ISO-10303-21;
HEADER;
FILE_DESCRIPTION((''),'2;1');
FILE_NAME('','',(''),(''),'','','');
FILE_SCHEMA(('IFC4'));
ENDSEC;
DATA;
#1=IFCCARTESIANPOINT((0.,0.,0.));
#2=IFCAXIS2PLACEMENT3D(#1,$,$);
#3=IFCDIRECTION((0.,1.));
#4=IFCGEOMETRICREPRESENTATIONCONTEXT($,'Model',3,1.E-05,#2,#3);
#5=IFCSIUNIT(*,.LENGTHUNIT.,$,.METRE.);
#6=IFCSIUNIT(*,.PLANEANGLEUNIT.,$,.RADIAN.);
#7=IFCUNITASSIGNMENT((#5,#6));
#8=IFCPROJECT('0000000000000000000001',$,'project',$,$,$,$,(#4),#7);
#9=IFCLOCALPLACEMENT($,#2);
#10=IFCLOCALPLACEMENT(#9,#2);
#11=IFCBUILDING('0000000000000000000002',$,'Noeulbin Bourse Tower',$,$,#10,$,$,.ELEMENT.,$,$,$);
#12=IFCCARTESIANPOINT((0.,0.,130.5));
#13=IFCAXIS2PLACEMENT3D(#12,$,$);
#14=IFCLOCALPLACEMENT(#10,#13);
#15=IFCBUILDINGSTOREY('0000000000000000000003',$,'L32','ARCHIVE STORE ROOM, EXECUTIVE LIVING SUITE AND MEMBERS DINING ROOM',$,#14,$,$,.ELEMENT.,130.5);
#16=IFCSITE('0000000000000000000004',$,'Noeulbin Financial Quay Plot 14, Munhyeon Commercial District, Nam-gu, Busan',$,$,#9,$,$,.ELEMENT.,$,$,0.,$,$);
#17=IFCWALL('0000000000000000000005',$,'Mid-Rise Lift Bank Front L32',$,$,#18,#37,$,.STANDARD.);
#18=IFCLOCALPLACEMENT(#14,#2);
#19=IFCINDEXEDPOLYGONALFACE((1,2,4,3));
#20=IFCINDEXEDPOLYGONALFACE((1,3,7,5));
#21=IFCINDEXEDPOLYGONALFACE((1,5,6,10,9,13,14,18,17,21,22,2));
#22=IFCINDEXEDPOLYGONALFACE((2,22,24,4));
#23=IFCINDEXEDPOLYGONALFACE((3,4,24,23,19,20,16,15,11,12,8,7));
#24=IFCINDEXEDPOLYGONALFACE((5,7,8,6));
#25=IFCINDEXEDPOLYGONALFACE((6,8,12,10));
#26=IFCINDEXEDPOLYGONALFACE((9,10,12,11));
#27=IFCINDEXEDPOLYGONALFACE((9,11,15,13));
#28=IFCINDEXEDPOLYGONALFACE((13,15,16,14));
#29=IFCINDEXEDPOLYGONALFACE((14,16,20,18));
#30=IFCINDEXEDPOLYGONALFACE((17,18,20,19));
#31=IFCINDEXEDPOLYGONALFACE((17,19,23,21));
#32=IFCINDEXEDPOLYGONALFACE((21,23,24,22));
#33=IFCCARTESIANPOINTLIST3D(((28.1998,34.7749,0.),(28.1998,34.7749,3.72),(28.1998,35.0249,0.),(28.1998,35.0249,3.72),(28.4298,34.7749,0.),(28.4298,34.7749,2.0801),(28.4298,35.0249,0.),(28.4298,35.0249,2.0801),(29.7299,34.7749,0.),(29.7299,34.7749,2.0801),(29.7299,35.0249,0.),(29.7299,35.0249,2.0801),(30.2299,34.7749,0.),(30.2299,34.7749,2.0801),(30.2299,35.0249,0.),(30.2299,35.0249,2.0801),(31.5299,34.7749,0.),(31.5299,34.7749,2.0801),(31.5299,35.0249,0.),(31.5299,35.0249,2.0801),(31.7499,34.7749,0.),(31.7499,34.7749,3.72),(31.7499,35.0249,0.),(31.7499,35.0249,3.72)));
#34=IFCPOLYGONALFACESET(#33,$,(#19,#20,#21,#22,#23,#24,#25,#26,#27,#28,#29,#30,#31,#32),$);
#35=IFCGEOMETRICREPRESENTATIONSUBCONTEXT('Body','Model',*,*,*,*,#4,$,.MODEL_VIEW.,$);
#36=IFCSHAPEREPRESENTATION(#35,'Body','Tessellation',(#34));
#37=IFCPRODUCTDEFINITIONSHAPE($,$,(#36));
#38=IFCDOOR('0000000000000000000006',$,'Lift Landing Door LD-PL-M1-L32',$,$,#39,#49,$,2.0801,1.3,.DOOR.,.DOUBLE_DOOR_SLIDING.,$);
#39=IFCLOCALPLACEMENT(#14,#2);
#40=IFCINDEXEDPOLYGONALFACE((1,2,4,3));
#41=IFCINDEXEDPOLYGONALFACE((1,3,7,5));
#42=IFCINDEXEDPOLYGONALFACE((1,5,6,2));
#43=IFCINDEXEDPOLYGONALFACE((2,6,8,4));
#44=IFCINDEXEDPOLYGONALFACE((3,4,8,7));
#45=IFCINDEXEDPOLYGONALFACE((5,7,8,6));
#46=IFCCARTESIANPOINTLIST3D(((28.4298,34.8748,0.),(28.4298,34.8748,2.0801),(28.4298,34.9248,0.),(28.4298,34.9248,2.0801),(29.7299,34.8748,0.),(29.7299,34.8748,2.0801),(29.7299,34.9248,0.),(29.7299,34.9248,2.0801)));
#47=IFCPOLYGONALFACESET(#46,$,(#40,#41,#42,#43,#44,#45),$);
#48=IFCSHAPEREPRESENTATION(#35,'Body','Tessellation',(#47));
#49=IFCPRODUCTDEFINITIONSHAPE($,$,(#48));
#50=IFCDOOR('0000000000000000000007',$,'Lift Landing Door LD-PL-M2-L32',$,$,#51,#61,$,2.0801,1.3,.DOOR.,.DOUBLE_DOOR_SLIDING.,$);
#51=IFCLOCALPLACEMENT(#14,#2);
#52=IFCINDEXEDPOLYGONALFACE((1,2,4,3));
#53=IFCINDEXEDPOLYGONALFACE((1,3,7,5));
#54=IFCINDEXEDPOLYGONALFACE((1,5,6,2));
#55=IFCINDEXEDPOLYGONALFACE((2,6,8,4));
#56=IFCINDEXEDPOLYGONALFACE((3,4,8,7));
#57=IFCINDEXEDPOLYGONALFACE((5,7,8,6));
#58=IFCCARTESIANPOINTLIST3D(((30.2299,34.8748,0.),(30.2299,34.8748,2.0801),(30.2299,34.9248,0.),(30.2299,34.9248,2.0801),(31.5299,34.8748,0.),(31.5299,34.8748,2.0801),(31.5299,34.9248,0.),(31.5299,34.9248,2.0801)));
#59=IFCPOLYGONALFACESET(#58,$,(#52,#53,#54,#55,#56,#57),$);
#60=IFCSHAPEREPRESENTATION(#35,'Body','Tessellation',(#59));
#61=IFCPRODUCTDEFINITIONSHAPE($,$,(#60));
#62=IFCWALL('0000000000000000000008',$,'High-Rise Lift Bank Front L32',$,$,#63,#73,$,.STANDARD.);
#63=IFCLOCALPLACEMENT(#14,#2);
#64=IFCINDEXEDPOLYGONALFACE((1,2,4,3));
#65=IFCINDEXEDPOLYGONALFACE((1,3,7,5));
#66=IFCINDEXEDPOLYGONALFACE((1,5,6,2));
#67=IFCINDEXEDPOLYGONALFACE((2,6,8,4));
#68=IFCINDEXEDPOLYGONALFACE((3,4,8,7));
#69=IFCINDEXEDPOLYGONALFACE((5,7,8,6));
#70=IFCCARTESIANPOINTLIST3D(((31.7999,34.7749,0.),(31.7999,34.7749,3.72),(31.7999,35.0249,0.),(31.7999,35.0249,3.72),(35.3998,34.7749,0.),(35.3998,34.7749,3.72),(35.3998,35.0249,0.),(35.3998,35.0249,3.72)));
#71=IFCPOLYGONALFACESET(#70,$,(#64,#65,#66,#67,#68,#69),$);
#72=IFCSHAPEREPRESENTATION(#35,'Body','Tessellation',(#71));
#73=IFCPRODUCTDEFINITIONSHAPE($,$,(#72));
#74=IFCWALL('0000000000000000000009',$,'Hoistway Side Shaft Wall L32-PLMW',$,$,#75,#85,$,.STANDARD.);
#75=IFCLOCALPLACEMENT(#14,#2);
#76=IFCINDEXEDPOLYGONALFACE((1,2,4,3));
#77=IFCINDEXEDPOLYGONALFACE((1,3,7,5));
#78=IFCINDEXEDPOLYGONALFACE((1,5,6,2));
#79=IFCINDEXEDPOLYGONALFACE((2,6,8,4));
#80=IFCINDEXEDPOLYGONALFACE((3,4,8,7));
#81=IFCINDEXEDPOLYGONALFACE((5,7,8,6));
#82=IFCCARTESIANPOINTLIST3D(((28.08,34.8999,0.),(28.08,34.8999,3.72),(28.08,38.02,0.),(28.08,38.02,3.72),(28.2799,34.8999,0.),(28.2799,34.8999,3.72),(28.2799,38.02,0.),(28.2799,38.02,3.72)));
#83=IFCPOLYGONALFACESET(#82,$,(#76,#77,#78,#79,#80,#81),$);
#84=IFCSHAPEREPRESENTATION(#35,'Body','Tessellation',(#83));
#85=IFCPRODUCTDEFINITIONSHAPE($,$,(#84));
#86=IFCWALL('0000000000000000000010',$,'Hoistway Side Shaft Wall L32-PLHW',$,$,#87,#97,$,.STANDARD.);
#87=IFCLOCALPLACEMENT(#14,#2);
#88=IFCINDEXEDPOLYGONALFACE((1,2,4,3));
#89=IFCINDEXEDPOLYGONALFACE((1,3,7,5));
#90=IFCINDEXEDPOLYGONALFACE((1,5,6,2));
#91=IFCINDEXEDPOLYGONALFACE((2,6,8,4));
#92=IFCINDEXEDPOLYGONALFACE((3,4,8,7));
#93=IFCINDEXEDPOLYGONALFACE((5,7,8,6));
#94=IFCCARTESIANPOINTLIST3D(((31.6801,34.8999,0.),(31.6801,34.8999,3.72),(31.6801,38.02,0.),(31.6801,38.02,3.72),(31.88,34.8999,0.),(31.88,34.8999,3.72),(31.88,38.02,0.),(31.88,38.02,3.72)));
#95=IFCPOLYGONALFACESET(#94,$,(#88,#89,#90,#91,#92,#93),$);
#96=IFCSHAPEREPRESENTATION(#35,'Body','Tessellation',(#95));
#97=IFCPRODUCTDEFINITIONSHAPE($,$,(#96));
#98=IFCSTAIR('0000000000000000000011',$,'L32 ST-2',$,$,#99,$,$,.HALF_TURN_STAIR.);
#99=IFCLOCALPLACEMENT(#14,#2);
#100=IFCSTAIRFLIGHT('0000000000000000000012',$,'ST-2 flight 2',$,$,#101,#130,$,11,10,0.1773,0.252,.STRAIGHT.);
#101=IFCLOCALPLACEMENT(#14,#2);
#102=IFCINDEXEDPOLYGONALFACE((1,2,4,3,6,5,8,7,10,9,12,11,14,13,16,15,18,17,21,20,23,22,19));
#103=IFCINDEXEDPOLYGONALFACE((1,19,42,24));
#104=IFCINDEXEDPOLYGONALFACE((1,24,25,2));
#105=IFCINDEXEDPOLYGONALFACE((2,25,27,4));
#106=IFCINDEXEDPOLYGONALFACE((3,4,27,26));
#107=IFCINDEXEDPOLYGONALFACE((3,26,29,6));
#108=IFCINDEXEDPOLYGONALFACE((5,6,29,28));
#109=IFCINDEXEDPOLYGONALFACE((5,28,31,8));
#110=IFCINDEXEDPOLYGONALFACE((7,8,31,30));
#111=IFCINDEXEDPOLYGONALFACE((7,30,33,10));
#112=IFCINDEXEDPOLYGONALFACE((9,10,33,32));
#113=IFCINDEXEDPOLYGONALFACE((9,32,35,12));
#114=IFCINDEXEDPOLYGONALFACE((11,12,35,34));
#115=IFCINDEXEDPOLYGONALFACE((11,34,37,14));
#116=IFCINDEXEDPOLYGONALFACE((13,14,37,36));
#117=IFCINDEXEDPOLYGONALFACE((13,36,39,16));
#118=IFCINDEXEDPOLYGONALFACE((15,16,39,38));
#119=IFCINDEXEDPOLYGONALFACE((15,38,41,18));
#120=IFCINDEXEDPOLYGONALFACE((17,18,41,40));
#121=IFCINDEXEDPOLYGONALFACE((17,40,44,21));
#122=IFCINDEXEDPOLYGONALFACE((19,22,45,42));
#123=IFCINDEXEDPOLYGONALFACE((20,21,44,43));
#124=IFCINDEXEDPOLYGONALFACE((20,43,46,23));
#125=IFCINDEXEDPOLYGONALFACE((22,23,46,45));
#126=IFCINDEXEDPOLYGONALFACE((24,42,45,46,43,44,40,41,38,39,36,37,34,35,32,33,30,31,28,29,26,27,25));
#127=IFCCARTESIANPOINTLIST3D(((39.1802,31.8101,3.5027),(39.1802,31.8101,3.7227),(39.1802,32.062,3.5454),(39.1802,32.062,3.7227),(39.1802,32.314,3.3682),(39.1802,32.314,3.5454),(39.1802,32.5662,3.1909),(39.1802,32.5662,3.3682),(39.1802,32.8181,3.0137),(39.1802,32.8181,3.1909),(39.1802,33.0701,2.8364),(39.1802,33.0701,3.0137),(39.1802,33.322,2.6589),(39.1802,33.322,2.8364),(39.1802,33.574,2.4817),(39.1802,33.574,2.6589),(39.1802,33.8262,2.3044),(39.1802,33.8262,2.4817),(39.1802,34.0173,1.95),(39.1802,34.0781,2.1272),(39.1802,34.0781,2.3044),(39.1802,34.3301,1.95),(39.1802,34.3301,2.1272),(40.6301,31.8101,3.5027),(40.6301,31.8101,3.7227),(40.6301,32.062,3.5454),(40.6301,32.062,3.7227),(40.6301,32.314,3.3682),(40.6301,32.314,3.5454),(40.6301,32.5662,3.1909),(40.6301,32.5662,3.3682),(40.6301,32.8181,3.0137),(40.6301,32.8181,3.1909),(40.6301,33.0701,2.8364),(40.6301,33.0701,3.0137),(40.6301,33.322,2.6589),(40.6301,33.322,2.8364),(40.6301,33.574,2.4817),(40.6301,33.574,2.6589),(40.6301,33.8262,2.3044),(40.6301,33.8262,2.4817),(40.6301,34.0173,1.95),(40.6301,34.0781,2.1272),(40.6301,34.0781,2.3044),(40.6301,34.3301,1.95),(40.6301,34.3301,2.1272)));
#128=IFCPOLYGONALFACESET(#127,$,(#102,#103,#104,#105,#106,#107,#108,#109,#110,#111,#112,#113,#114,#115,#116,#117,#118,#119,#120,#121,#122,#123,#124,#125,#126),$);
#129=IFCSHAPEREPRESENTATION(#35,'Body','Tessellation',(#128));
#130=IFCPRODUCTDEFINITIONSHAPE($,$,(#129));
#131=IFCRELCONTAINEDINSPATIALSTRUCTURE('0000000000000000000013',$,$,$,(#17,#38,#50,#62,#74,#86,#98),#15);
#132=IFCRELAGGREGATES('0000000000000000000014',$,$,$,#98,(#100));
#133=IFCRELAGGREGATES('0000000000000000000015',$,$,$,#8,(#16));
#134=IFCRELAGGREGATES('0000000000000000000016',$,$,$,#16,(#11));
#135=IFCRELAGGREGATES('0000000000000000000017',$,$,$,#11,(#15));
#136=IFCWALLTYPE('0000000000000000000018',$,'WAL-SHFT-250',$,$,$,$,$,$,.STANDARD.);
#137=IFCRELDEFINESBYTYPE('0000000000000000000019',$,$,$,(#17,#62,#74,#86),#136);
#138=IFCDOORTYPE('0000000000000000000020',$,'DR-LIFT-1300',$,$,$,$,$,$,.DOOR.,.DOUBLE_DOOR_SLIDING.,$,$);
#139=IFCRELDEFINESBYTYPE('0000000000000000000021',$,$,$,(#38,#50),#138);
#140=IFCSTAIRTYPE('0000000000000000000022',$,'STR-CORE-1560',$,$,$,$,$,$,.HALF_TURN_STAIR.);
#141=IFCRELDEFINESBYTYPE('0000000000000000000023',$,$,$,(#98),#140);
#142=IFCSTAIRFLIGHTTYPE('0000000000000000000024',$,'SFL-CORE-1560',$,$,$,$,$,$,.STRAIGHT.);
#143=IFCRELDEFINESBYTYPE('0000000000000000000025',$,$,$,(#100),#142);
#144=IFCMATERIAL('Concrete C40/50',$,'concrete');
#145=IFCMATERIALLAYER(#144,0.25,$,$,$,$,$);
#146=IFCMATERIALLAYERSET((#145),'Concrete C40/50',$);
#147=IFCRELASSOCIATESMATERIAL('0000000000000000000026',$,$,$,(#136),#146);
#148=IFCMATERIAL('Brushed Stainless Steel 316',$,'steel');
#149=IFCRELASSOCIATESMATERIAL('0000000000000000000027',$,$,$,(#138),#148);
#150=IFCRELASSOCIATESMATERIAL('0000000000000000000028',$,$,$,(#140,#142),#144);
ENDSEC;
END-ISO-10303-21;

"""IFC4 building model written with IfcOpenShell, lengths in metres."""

from ifc_helpers import new_model, si_unit, direction, frame, frame_2d, origin, place, context, subcontext, project, spatial, polyline, rectangle, outline, extrude, material, layer, layer_set, type_object, element, fill, aggregate, save


model = new_model("IFC4")

# Units and contexts
model_context = context("Model", 3, precision=1e-05, world=origin(), true_north=direction((0.0, 1.0)))
body_context = subcontext(model_context, "Body", "Model", "MODEL_VIEW")
ifc_project = project(units=[si_unit("LENGTHUNIT", "METRE"), si_unit("PLANEANGLEUNIT", "RADIAN")], contexts=[model_context])

# Site, building, storey
site_placement = place(None, origin())
site = spatial("IfcSite", under=ifc_project, at=site_placement, Name="Noeulbin Financial Quay Plot 14, Munhyeon Commercial District, Nam-gu, Busan", CompositionType="ELEMENT", RefElevation=0.0)
building_placement = place(site_placement, origin())
building = spatial("IfcBuilding", under=site, at=building_placement, Name="Noeulbin Bourse Tower", CompositionType="ELEMENT")
storey_placement = place(building_placement, frame((0.0, 0.0, 130.5)))
storey = spatial("IfcBuildingStorey", under=building, at=storey_placement, Name="L32", Description="ARCHIVE STORE ROOM, EXECUTIVE LIVING SUITE AND MEMBERS DINING ROOM", CompositionType="ELEMENT", Elevation=130.5)

# Shared definitions
ifc_material_1 = material(Name="Concrete C40/50", Category="concrete")
ifc_layer_1 = layer(ifc_material_1, 0.25)
ifc_layer_set_1 = layer_set([ifc_layer_1], Name="Concrete C40/50")
wall_type = type_object("IfcWallType", Name="WAL-SHFT-250", PredefinedType="STANDARD", material=ifc_layer_set_1)

# Wall, openings, doors
wall_1_placement = place(storey_placement, frame((28.2, 34.8999, 0.0), z_axis=(0.0, 0.0, 1.0), x_axis=(1.0, 0.0, 0.0)))
wall_1 = element("IfcWall", 1, at=wall_1_placement, inside=storey, type_object=wall_type, Name="Mid-Rise Lift Bank Front L32", PredefinedType="STANDARD", context=body_context, shape_type="SweptSolid", body=[
    extrude(rectangle(XDim=3.55, YDim=0.25, at=frame_2d((1.7749, 0.0))), origin(), (0.0, 0.0, 1.0), 3.72),
])
opening_1_placement = place(wall_1_placement, frame((0.23, 0.0, 0.0)))
opening_1 = element("IfcOpeningElement", 2, at=opening_1_placement, cuts=wall_1, PredefinedType="OPENING", context=body_context, shape_type="SweptSolid", body=[
    extrude(rectangle(XDim=1.3, YDim=2.0801, at=frame_2d((0.6499, 1.04))), frame((0.0, 0.135, 0.0), z_axis=(0.0, -1.0, 0.0), x_axis=(1.0, 0.0, 0.0)), (0.0, 0.0, 1.0), 0.27),
])
opening_2_placement = place(wall_1_placement, frame((2.03, 0.0, 0.0)))
opening_2 = element("IfcOpeningElement", 3, at=opening_2_placement, cuts=wall_1, PredefinedType="OPENING", context=body_context, shape_type="SweptSolid", body=[
    extrude(rectangle(XDim=1.3, YDim=2.0801, at=frame_2d((0.6499, 1.04))), frame((0.0, 0.135, 0.0), z_axis=(0.0, -1.0, 0.0), x_axis=(1.0, 0.0, 0.0)), (0.0, 0.0, 1.0), 0.27),
])
ifc_material_2 = material(Name="Brushed Stainless Steel 316", Category="steel")
door_type = type_object("IfcDoorType", Name="DR-LIFT-1300", OperationType="DOUBLE_DOOR_SLIDING", PredefinedType="DOOR", material=ifc_material_2)
door_1_placement = place(opening_1_placement, origin())
door_1 = element("IfcDoor", 4, at=door_1_placement, inside=storey, type_object=door_type, Name="Lift Landing Door LD-PL-M1-L32", OperationType="DOUBLE_DOOR_SLIDING", OverallHeight=2.0801, OverallWidth=1.3, PredefinedType="DOOR", context=body_context, shape_type="SweptSolid", body=[
    extrude(rectangle(XDim=1.3, YDim=2.0801, at=frame_2d((0.6499, 1.04))), frame((0.0, 0.0249, 0.0), z_axis=(0.0, -1.0, 0.0), x_axis=(1.0, 0.0, 0.0)), (0.0, 0.0, 1.0), 0.05),
])
fill(opening_1, door_1)
door_2_placement = place(opening_2_placement, origin())
door_2 = element("IfcDoor", 5, at=door_2_placement, inside=storey, type_object=door_type, Name="Lift Landing Door LD-PL-M2-L32", OperationType="DOUBLE_DOOR_SLIDING", OverallHeight=2.0801, OverallWidth=1.3, PredefinedType="DOOR", context=body_context, shape_type="SweptSolid", body=[
    extrude(rectangle(XDim=1.3, YDim=2.0801, at=frame_2d((0.6499, 1.04))), frame((0.0, 0.0249, 0.0), z_axis=(0.0, -1.0, 0.0), x_axis=(1.0, 0.0, 0.0)), (0.0, 0.0, 1.0), 0.05),
])
fill(opening_2, door_2)

# Walls
wall_2_placement = place(storey_placement, frame((31.8, 34.8999, 0.0), z_axis=(0.0, 0.0, 1.0), x_axis=(1.0, 0.0, 0.0)))
element("IfcWall", 6, at=wall_2_placement, inside=storey, type_object=wall_type, Name="High-Rise Lift Bank Front L32", PredefinedType="STANDARD", context=body_context, shape_type="SweptSolid", body=[
    extrude(rectangle(XDim=3.5999, YDim=0.25, at=frame_2d((1.7998, 0.0))), origin(), (0.0, 0.0, 1.0), 3.72),
])
for number, where, z_axis, x_axis, name in (
    (7, (28.1799, 34.8999, 0.0), (0.0, 0.0, 1.0), (0.0, 1.0, 0.0), "Hoistway Side Shaft Wall L32-PLMW"),
    (8, (31.78, 34.8999, 0.0), (0.0, 0.0, 1.0), (0.0, 1.0, 0.0), "Hoistway Side Shaft Wall L32-PLHW"),
):
    element("IfcWall", number, at=place(storey_placement, frame(where, z_axis=z_axis, x_axis=x_axis)), inside=storey, type_object=wall_type, Name=name, PredefinedType="STANDARD", context=body_context, shape_type="SweptSolid", body=[
        extrude(rectangle(XDim=3.1201, YDim=0.2, at=frame_2d((1.5601, 0.0))), origin(), (0.0, 0.0, 1.0), 3.72),
    ])

# Stair, stair flight
stair_type = type_object("IfcStairType", Name="STR-CORE-1560", PredefinedType="HALF_TURN_STAIR", material=ifc_material_1)
stair_placement = place(storey_placement, origin())
stair = element("IfcStair", 9, at=stair_placement, inside=storey, type_object=stair_type, Name="L32 ST-2", PredefinedType="HALF_TURN_STAIR")
stair_flight_type = type_object("IfcStairFlightType", Name="SFL-CORE-1560", PredefinedType="STRAIGHT", material=ifc_material_1)
stair_flight_placement = place(storey_placement, frame((39.905, 34.3301, 1.95), z_axis=(0.0, 0.0, 1.0), x_axis=(0.0, -1.0, 0.0)))
stair_flight = element("IfcStairFlight", 10, at=stair_flight_placement, type_object=stair_flight_type, Name="ST-2 flight 2", NumberOfRisers=11, NumberOfTreads=10, PredefinedType="STRAIGHT", RiserHeight=0.1773, TreadLength=0.252, context=body_context, shape_type="SweptSolid", body=[
    extrude(outline(polyline([(0.0, 0.0), (0.0, 0.1772), (0.252, 0.1772), (0.252, 0.3545), (0.5039, 0.3545), (0.5039, 0.5317), (0.7561, 0.5317), (0.7561, 0.709), (1.0081, 0.709), (1.0081, 0.8865), (1.26, 0.8865), (1.26, 1.0637), (1.512, 1.0637), (1.512, 1.241), (1.7639, 1.241), (1.7639, 1.4182), (2.0161, 1.4182), (2.0161, 1.5955), (2.2681, 1.5955), (2.2681, 1.7727), (2.52, 1.7727), (2.52, 1.95), (2.52, 1.5527), (0.3127, 0.0), (0.0, 0.0)])), frame((0.0, 0.7251, 0.0), z_axis=(0.0, -1.0, 0.0), x_axis=(1.0, 0.0, 0.0)), (0.0, 0.0, 1.0), 1.45),
])
aggregate(stair, [stair_flight])

save(model, "model.ifc")
